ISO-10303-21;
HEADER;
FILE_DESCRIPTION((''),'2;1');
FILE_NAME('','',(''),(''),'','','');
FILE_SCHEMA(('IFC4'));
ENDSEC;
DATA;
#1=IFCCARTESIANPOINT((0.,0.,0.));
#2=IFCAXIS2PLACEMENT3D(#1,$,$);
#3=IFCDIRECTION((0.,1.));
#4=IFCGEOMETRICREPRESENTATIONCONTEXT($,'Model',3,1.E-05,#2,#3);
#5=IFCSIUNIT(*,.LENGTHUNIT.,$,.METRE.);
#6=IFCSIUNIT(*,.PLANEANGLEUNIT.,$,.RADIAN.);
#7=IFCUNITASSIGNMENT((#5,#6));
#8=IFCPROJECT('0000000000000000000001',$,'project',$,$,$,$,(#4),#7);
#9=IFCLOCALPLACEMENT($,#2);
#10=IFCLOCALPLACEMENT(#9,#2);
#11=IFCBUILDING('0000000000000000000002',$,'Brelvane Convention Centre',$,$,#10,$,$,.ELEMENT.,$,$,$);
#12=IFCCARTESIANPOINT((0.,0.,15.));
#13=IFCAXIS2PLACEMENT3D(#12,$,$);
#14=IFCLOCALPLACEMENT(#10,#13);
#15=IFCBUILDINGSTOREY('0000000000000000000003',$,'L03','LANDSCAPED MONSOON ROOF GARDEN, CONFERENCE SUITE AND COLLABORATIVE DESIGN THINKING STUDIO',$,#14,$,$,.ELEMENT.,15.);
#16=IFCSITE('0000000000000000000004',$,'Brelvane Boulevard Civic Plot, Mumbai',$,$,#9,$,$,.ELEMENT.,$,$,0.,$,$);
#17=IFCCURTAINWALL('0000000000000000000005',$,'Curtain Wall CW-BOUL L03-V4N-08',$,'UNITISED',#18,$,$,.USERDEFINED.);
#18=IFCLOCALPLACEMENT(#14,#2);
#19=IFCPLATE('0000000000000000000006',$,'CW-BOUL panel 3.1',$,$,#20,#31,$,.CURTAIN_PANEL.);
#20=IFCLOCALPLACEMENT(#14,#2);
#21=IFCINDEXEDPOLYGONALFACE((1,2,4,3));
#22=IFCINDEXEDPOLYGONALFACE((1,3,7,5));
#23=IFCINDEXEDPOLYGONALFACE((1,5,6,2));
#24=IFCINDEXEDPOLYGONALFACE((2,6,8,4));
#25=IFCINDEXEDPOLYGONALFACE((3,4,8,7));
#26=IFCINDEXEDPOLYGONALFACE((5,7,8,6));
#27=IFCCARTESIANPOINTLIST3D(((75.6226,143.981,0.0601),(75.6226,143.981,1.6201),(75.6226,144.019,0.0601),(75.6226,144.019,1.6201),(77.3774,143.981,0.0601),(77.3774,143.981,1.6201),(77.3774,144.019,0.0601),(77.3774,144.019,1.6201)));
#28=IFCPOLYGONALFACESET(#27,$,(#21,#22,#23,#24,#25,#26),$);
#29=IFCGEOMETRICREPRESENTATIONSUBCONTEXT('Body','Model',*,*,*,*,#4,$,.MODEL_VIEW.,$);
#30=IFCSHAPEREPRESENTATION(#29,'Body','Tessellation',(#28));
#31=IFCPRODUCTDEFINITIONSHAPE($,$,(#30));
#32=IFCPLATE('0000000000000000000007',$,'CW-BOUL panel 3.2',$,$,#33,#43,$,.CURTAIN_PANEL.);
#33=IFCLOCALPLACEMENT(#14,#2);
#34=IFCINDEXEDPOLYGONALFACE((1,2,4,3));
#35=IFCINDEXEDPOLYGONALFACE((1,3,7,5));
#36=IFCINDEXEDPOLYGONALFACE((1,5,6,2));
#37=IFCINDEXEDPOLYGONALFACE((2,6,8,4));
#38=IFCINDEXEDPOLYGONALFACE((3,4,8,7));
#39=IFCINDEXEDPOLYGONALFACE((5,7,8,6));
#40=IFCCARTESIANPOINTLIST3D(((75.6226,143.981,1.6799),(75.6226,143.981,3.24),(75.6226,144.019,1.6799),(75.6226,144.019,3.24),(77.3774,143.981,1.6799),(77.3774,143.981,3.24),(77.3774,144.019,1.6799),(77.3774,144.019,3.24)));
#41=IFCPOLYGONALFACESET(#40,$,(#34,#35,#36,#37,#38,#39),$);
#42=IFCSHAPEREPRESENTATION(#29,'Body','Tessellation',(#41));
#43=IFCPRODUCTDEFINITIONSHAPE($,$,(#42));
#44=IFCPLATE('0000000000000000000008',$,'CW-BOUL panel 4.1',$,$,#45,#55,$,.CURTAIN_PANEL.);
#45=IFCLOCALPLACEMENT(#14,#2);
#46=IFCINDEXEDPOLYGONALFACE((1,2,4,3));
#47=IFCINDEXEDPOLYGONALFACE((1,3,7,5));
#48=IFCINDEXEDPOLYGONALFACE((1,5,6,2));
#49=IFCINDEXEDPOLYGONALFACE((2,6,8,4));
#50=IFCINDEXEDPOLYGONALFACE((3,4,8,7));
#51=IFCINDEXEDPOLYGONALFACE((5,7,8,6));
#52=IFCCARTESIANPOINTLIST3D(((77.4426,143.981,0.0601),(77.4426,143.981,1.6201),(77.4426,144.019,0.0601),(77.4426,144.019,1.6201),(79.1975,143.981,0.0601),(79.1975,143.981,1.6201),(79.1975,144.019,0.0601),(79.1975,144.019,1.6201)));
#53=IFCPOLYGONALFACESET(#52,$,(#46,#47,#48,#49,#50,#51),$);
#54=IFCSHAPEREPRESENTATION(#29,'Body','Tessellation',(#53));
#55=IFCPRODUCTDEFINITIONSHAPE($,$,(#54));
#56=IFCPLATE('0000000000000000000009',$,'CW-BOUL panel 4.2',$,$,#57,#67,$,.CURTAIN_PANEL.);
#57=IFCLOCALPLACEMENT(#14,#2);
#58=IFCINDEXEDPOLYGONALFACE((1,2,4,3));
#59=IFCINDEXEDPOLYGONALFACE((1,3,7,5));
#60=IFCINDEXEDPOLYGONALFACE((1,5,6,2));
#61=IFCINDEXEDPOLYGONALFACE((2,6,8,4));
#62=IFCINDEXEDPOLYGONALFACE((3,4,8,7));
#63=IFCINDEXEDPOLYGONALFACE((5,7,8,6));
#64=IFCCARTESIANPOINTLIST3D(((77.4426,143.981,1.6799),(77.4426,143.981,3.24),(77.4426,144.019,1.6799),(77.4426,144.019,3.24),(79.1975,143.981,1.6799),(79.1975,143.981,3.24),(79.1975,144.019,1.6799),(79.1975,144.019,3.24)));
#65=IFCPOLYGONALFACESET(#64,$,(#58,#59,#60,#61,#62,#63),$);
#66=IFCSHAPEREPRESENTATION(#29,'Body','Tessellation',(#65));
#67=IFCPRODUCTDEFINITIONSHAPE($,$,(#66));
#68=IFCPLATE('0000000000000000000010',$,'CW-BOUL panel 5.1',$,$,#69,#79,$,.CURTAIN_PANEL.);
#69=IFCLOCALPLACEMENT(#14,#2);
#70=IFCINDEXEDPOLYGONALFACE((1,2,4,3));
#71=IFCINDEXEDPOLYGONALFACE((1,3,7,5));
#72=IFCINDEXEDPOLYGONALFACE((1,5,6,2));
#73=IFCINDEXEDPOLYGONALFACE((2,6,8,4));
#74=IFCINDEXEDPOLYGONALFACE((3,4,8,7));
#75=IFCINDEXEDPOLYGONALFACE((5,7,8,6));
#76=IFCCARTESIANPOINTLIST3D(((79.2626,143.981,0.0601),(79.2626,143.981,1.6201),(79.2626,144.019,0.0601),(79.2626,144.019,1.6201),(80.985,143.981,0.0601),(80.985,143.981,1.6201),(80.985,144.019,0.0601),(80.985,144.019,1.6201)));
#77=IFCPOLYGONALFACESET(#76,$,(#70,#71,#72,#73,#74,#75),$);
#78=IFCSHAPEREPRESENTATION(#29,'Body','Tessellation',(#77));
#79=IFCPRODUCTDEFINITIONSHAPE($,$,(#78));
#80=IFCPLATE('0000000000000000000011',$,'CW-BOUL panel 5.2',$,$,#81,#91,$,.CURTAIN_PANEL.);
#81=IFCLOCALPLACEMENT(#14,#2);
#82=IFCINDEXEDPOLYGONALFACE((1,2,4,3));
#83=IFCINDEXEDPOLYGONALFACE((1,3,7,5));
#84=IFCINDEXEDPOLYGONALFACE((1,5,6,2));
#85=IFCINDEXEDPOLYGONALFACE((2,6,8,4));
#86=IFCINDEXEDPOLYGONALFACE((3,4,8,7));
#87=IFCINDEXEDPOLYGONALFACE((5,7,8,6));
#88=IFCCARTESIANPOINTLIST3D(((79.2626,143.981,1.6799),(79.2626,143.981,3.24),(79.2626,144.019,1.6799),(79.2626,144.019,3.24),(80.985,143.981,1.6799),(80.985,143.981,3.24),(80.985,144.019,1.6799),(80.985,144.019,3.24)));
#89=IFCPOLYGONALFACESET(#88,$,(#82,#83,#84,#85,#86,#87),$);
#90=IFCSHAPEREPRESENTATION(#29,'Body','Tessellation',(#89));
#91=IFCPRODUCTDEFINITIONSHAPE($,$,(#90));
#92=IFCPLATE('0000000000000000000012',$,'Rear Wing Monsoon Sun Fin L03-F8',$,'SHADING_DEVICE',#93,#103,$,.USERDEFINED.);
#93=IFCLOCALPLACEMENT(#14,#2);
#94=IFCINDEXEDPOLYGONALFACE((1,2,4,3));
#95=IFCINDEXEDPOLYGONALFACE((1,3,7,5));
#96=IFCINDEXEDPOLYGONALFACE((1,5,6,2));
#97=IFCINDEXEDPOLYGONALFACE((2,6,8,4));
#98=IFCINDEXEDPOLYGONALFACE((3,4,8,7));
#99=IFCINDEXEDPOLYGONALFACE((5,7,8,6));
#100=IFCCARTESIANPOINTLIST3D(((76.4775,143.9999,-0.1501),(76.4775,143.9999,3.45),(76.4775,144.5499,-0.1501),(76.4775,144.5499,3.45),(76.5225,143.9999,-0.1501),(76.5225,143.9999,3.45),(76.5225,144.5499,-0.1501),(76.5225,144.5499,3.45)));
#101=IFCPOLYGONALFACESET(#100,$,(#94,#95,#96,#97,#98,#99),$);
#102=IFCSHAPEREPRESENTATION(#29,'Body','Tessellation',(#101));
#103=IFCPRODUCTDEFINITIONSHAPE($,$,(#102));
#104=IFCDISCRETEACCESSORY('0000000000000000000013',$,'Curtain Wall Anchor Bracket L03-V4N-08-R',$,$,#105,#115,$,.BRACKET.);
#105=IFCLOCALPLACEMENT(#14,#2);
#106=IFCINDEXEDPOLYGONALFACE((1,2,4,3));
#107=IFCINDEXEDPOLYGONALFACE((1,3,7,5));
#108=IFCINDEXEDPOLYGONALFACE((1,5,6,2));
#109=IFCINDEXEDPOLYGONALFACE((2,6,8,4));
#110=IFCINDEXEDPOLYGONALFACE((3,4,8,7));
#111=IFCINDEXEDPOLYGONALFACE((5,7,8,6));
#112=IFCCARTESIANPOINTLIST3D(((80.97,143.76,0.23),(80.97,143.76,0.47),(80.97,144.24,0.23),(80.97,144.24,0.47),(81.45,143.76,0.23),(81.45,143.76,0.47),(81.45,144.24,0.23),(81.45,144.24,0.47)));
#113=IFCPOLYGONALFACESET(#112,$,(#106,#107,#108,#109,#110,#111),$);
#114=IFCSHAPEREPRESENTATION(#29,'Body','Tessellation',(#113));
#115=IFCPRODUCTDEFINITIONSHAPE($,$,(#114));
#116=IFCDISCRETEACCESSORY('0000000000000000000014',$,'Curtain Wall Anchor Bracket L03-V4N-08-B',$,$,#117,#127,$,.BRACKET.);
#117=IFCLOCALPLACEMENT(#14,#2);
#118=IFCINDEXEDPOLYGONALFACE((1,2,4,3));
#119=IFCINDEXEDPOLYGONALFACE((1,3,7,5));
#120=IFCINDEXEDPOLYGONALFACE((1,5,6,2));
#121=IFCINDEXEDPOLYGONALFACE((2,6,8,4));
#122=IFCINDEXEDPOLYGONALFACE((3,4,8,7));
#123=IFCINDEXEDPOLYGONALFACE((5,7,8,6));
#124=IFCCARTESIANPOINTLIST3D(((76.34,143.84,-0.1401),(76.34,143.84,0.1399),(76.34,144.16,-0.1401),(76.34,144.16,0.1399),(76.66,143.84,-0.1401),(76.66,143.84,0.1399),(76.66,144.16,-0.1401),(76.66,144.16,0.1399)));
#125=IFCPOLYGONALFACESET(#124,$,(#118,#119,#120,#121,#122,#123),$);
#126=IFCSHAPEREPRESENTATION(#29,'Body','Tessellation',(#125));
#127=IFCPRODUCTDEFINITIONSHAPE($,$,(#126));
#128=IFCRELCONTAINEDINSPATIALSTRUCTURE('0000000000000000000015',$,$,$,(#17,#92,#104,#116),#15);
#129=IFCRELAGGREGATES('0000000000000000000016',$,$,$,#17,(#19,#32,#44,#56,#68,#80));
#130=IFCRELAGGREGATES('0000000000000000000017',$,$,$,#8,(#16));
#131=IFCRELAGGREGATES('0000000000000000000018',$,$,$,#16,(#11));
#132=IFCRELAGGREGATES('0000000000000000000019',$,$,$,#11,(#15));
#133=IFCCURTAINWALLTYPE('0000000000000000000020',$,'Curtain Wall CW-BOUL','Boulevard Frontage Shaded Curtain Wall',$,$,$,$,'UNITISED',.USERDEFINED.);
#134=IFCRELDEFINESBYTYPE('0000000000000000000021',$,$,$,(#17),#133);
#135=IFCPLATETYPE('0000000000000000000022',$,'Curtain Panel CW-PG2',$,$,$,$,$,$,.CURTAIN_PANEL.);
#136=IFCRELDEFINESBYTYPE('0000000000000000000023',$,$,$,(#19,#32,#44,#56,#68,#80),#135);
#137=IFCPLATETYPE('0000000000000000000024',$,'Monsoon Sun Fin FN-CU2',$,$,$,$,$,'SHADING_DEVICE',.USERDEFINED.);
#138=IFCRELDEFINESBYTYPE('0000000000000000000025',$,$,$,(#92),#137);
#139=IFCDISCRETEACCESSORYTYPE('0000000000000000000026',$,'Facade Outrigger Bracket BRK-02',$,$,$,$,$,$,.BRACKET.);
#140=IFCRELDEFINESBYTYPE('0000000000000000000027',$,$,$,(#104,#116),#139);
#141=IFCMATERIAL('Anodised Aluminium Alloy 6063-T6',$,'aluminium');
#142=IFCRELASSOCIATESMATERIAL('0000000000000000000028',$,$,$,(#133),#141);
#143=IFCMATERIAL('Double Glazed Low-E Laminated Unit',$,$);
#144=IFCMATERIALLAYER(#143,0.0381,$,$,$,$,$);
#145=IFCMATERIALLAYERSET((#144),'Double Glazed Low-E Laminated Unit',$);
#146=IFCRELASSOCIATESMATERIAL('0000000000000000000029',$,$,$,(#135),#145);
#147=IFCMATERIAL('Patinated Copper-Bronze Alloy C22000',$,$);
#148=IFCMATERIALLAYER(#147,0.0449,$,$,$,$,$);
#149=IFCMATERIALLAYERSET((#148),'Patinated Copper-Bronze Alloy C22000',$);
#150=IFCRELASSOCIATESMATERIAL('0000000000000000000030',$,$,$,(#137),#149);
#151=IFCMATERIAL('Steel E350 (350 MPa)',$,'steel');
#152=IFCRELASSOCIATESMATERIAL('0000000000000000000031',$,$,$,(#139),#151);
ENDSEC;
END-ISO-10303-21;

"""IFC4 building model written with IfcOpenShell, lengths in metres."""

from ifc_helpers import new_model, si_unit, direction, frame, origin, origin_2d, place, context, subcontext, project, spatial, rectangle, extrude, material, layer, layer_set, type_object, element, aggregate, save


model = new_model("IFC4")

# Units and contexts
model_context = context("Model", 3, precision=1e-05, world=origin(), true_north=direction((0.0, 1.0)))
body_context = subcontext(model_context, "Body", "Model", "MODEL_VIEW")
ifc_project = project(units=[si_unit("LENGTHUNIT", "METRE"), si_unit("PLANEANGLEUNIT", "RADIAN")], contexts=[model_context])

# Site, building, storey
site_placement = place(None, origin())
site = spatial("IfcSite", under=ifc_project, at=site_placement, Name="Brelvane Boulevard Civic Plot, Mumbai", CompositionType="ELEMENT", RefElevation=0.0)
building_placement = place(site_placement, origin())
building = spatial("IfcBuilding", under=site, at=building_placement, Name="Brelvane Convention Centre", CompositionType="ELEMENT")
storey_placement = place(building_placement, frame((0.0, 0.0, 15.0)))
storey = spatial("IfcBuildingStorey", under=building, at=storey_placement, Name="L03", Description="LANDSCAPED MONSOON ROOF GARDEN, CONFERENCE SUITE AND COLLABORATIVE DESIGN THINKING STUDIO", CompositionType="ELEMENT", Elevation=15.0)

# Curtain wall
ifc_material_1 = material(Name="Anodised Aluminium Alloy 6063-T6", Category="aluminium")
curtain_wall_type = type_object("IfcCurtainWallType", Name="Curtain Wall CW-BOUL", Description="Boulevard Frontage Shaded Curtain Wall", ElementType="UNITISED", PredefinedType="USERDEFINED", material=ifc_material_1)
curtain_wall_placement = place(storey_placement, origin())
curtain_wall = element("IfcCurtainWall", 1, at=curtain_wall_placement, inside=storey, type_object=curtain_wall_type, Name="Curtain Wall CW-BOUL L03-V4N-08", ObjectType="UNITISED", PredefinedType="USERDEFINED")

# Plates
ifc_material_2 = material(Name="Double Glazed Low-E Laminated Unit")
ifc_layer_1 = layer(ifc_material_2, 0.0381)
ifc_layer_set_1 = layer_set([ifc_layer_1], Name="Double Glazed Low-E Laminated Unit")
plate_type_1 = type_object("IfcPlateType", Name="Curtain Panel CW-PG2", PredefinedType="CURTAIN_PANEL", material=ifc_layer_set_1)
plate_1_placement = place(storey_placement, frame((76.5, 144.0, 0.0601), z_axis=(0.0, 0.0, 1.0), x_axis=(1.0, 0.0, 0.0)))
plate_1 = element("IfcPlate", 2, at=plate_1_placement, type_object=plate_type_1, Name="CW-BOUL panel 3.1", PredefinedType="CURTAIN_PANEL", context=body_context, shape_type="SweptSolid", body=[
    extrude(rectangle(XDim=1.7549, YDim=0.0381, at=origin_2d()), origin(), (0.0, 0.0, 1.0), 1.5601),
])
plate_2_placement = place(storey_placement, frame((76.5, 144.0, 1.6799), z_axis=(0.0, 0.0, 1.0), x_axis=(1.0, 0.0, 0.0)))
plate_2 = element("IfcPlate", 3, at=plate_2_placement, type_object=plate_type_1, Name="CW-BOUL panel 3.2", PredefinedType="CURTAIN_PANEL", context=body_context, shape_type="SweptSolid", body=[
    extrude(rectangle(XDim=1.7549, YDim=0.0381, at=origin_2d()), origin(), (0.0, 0.0, 1.0), 1.5601),
])
plate_3_placement = place(storey_placement, frame((78.3201, 144.0, 0.0601), z_axis=(0.0, 0.0, 1.0), x_axis=(1.0, 0.0, 0.0)))
plate_3 = element("IfcPlate", 4, at=plate_3_placement, type_object=plate_type_1, Name="CW-BOUL panel 4.1", PredefinedType="CURTAIN_PANEL", context=body_context, shape_type="SweptSolid", body=[
    extrude(rectangle(XDim=1.7549, YDim=0.0381, at=origin_2d()), origin(), (0.0, 0.0, 1.0), 1.5601),
])
plate_4_placement = place(storey_placement, frame((78.3201, 144.0, 1.6799), z_axis=(0.0, 0.0, 1.0), x_axis=(1.0, 0.0, 0.0)))
plate_4 = element("IfcPlate", 5, at=plate_4_placement, type_object=plate_type_1, Name="CW-BOUL panel 4.2", PredefinedType="CURTAIN_PANEL", context=body_context, shape_type="SweptSolid", body=[
    extrude(rectangle(XDim=1.7549, YDim=0.0381, at=origin_2d()), origin(), (0.0, 0.0, 1.0), 1.5601),
])
plate_5_placement = place(storey_placement, frame((80.1238, 144.0, 0.0601), z_axis=(0.0, 0.0, 1.0), x_axis=(1.0, 0.0, 0.0)))
plate_5 = element("IfcPlate", 6, at=plate_5_placement, type_object=plate_type_1, Name="CW-BOUL panel 5.1", PredefinedType="CURTAIN_PANEL", context=body_context, shape_type="SweptSolid", body=[
    extrude(rectangle(XDim=1.7224, YDim=0.0381, at=origin_2d()), origin(), (0.0, 0.0, 1.0), 1.5601),
])
plate_6_placement = place(storey_placement, frame((80.1238, 144.0, 1.6799), z_axis=(0.0, 0.0, 1.0), x_axis=(1.0, 0.0, 0.0)))
plate_6 = element("IfcPlate", 7, at=plate_6_placement, type_object=plate_type_1, Name="CW-BOUL panel 5.2", PredefinedType="CURTAIN_PANEL", context=body_context, shape_type="SweptSolid", body=[
    extrude(rectangle(XDim=1.7224, YDim=0.0381, at=origin_2d()), origin(), (0.0, 0.0, 1.0), 1.5601),
])
aggregate(curtain_wall, [plate_1, plate_2, plate_3, plate_4, plate_5, plate_6])
ifc_material_3 = material(Name="Patinated Copper-Bronze Alloy C22000")
ifc_layer_2 = layer(ifc_material_3, 0.0449)
ifc_layer_set_2 = layer_set([ifc_layer_2], Name="Patinated Copper-Bronze Alloy C22000")
plate_type_2 = type_object("IfcPlateType", Name="Monsoon Sun Fin FN-CU2", ElementType="SHADING_DEVICE", PredefinedType="USERDEFINED", material=ifc_layer_set_2)
plate_7_placement = place(storey_placement, frame((76.5, 144.2749, -0.1501), z_axis=(0.0, 0.0, 1.0), x_axis=(1.0, 0.0, 0.0)))
element("IfcPlate", 8, at=plate_7_placement, inside=storey, type_object=plate_type_2, Name="Rear Wing Monsoon Sun Fin L03-F8", ObjectType="SHADING_DEVICE", PredefinedType="USERDEFINED", context=body_context, shape_type="SweptSolid", body=[
    extrude(rectangle(XDim=0.0449, YDim=0.55, at=origin_2d()), origin(), (0.0, 0.0, 1.0), 3.6001),
])

# Discrete accessories
ifc_material_4 = material(Name="Steel E350 (350 MPa)", Category="steel")
discrete_accessory_type = type_object("IfcDiscreteAccessoryType", Name="Facade Outrigger Bracket BRK-02", PredefinedType="BRACKET", material=ifc_material_4)
discrete_accessory_1_placement = place(storey_placement, frame((81.21, 144.0, 0.23), z_axis=(0.0, 0.0, 1.0), x_axis=(1.0, 0.0, 0.0)))
element("IfcDiscreteAccessory", 9, at=discrete_accessory_1_placement, inside=storey, type_object=discrete_accessory_type, Name="Curtain Wall Anchor Bracket L03-V4N-08-R", PredefinedType="BRACKET", context=body_context, shape_type="SweptSolid", body=[
    extrude(rectangle(XDim=0.48, YDim=0.48, at=origin_2d()), origin(), (0.0, 0.0, 1.0), 0.24),
])
discrete_accessory_2_placement = place(storey_placement, frame((76.5, 144.0, -0.1401), z_axis=(0.0, 0.0, 1.0), x_axis=(1.0, 0.0, 0.0)))
element("IfcDiscreteAccessory", 10, at=discrete_accessory_2_placement, inside=storey, type_object=discrete_accessory_type, Name="Curtain Wall Anchor Bracket L03-V4N-08-B", PredefinedType="BRACKET", context=body_context, shape_type="SweptSolid", body=[
    extrude(rectangle(XDim=0.3201, YDim=0.3201, at=origin_2d()), origin(), (0.0, 0.0, 1.0), 0.28),
])

save(model, "model.ifc")
